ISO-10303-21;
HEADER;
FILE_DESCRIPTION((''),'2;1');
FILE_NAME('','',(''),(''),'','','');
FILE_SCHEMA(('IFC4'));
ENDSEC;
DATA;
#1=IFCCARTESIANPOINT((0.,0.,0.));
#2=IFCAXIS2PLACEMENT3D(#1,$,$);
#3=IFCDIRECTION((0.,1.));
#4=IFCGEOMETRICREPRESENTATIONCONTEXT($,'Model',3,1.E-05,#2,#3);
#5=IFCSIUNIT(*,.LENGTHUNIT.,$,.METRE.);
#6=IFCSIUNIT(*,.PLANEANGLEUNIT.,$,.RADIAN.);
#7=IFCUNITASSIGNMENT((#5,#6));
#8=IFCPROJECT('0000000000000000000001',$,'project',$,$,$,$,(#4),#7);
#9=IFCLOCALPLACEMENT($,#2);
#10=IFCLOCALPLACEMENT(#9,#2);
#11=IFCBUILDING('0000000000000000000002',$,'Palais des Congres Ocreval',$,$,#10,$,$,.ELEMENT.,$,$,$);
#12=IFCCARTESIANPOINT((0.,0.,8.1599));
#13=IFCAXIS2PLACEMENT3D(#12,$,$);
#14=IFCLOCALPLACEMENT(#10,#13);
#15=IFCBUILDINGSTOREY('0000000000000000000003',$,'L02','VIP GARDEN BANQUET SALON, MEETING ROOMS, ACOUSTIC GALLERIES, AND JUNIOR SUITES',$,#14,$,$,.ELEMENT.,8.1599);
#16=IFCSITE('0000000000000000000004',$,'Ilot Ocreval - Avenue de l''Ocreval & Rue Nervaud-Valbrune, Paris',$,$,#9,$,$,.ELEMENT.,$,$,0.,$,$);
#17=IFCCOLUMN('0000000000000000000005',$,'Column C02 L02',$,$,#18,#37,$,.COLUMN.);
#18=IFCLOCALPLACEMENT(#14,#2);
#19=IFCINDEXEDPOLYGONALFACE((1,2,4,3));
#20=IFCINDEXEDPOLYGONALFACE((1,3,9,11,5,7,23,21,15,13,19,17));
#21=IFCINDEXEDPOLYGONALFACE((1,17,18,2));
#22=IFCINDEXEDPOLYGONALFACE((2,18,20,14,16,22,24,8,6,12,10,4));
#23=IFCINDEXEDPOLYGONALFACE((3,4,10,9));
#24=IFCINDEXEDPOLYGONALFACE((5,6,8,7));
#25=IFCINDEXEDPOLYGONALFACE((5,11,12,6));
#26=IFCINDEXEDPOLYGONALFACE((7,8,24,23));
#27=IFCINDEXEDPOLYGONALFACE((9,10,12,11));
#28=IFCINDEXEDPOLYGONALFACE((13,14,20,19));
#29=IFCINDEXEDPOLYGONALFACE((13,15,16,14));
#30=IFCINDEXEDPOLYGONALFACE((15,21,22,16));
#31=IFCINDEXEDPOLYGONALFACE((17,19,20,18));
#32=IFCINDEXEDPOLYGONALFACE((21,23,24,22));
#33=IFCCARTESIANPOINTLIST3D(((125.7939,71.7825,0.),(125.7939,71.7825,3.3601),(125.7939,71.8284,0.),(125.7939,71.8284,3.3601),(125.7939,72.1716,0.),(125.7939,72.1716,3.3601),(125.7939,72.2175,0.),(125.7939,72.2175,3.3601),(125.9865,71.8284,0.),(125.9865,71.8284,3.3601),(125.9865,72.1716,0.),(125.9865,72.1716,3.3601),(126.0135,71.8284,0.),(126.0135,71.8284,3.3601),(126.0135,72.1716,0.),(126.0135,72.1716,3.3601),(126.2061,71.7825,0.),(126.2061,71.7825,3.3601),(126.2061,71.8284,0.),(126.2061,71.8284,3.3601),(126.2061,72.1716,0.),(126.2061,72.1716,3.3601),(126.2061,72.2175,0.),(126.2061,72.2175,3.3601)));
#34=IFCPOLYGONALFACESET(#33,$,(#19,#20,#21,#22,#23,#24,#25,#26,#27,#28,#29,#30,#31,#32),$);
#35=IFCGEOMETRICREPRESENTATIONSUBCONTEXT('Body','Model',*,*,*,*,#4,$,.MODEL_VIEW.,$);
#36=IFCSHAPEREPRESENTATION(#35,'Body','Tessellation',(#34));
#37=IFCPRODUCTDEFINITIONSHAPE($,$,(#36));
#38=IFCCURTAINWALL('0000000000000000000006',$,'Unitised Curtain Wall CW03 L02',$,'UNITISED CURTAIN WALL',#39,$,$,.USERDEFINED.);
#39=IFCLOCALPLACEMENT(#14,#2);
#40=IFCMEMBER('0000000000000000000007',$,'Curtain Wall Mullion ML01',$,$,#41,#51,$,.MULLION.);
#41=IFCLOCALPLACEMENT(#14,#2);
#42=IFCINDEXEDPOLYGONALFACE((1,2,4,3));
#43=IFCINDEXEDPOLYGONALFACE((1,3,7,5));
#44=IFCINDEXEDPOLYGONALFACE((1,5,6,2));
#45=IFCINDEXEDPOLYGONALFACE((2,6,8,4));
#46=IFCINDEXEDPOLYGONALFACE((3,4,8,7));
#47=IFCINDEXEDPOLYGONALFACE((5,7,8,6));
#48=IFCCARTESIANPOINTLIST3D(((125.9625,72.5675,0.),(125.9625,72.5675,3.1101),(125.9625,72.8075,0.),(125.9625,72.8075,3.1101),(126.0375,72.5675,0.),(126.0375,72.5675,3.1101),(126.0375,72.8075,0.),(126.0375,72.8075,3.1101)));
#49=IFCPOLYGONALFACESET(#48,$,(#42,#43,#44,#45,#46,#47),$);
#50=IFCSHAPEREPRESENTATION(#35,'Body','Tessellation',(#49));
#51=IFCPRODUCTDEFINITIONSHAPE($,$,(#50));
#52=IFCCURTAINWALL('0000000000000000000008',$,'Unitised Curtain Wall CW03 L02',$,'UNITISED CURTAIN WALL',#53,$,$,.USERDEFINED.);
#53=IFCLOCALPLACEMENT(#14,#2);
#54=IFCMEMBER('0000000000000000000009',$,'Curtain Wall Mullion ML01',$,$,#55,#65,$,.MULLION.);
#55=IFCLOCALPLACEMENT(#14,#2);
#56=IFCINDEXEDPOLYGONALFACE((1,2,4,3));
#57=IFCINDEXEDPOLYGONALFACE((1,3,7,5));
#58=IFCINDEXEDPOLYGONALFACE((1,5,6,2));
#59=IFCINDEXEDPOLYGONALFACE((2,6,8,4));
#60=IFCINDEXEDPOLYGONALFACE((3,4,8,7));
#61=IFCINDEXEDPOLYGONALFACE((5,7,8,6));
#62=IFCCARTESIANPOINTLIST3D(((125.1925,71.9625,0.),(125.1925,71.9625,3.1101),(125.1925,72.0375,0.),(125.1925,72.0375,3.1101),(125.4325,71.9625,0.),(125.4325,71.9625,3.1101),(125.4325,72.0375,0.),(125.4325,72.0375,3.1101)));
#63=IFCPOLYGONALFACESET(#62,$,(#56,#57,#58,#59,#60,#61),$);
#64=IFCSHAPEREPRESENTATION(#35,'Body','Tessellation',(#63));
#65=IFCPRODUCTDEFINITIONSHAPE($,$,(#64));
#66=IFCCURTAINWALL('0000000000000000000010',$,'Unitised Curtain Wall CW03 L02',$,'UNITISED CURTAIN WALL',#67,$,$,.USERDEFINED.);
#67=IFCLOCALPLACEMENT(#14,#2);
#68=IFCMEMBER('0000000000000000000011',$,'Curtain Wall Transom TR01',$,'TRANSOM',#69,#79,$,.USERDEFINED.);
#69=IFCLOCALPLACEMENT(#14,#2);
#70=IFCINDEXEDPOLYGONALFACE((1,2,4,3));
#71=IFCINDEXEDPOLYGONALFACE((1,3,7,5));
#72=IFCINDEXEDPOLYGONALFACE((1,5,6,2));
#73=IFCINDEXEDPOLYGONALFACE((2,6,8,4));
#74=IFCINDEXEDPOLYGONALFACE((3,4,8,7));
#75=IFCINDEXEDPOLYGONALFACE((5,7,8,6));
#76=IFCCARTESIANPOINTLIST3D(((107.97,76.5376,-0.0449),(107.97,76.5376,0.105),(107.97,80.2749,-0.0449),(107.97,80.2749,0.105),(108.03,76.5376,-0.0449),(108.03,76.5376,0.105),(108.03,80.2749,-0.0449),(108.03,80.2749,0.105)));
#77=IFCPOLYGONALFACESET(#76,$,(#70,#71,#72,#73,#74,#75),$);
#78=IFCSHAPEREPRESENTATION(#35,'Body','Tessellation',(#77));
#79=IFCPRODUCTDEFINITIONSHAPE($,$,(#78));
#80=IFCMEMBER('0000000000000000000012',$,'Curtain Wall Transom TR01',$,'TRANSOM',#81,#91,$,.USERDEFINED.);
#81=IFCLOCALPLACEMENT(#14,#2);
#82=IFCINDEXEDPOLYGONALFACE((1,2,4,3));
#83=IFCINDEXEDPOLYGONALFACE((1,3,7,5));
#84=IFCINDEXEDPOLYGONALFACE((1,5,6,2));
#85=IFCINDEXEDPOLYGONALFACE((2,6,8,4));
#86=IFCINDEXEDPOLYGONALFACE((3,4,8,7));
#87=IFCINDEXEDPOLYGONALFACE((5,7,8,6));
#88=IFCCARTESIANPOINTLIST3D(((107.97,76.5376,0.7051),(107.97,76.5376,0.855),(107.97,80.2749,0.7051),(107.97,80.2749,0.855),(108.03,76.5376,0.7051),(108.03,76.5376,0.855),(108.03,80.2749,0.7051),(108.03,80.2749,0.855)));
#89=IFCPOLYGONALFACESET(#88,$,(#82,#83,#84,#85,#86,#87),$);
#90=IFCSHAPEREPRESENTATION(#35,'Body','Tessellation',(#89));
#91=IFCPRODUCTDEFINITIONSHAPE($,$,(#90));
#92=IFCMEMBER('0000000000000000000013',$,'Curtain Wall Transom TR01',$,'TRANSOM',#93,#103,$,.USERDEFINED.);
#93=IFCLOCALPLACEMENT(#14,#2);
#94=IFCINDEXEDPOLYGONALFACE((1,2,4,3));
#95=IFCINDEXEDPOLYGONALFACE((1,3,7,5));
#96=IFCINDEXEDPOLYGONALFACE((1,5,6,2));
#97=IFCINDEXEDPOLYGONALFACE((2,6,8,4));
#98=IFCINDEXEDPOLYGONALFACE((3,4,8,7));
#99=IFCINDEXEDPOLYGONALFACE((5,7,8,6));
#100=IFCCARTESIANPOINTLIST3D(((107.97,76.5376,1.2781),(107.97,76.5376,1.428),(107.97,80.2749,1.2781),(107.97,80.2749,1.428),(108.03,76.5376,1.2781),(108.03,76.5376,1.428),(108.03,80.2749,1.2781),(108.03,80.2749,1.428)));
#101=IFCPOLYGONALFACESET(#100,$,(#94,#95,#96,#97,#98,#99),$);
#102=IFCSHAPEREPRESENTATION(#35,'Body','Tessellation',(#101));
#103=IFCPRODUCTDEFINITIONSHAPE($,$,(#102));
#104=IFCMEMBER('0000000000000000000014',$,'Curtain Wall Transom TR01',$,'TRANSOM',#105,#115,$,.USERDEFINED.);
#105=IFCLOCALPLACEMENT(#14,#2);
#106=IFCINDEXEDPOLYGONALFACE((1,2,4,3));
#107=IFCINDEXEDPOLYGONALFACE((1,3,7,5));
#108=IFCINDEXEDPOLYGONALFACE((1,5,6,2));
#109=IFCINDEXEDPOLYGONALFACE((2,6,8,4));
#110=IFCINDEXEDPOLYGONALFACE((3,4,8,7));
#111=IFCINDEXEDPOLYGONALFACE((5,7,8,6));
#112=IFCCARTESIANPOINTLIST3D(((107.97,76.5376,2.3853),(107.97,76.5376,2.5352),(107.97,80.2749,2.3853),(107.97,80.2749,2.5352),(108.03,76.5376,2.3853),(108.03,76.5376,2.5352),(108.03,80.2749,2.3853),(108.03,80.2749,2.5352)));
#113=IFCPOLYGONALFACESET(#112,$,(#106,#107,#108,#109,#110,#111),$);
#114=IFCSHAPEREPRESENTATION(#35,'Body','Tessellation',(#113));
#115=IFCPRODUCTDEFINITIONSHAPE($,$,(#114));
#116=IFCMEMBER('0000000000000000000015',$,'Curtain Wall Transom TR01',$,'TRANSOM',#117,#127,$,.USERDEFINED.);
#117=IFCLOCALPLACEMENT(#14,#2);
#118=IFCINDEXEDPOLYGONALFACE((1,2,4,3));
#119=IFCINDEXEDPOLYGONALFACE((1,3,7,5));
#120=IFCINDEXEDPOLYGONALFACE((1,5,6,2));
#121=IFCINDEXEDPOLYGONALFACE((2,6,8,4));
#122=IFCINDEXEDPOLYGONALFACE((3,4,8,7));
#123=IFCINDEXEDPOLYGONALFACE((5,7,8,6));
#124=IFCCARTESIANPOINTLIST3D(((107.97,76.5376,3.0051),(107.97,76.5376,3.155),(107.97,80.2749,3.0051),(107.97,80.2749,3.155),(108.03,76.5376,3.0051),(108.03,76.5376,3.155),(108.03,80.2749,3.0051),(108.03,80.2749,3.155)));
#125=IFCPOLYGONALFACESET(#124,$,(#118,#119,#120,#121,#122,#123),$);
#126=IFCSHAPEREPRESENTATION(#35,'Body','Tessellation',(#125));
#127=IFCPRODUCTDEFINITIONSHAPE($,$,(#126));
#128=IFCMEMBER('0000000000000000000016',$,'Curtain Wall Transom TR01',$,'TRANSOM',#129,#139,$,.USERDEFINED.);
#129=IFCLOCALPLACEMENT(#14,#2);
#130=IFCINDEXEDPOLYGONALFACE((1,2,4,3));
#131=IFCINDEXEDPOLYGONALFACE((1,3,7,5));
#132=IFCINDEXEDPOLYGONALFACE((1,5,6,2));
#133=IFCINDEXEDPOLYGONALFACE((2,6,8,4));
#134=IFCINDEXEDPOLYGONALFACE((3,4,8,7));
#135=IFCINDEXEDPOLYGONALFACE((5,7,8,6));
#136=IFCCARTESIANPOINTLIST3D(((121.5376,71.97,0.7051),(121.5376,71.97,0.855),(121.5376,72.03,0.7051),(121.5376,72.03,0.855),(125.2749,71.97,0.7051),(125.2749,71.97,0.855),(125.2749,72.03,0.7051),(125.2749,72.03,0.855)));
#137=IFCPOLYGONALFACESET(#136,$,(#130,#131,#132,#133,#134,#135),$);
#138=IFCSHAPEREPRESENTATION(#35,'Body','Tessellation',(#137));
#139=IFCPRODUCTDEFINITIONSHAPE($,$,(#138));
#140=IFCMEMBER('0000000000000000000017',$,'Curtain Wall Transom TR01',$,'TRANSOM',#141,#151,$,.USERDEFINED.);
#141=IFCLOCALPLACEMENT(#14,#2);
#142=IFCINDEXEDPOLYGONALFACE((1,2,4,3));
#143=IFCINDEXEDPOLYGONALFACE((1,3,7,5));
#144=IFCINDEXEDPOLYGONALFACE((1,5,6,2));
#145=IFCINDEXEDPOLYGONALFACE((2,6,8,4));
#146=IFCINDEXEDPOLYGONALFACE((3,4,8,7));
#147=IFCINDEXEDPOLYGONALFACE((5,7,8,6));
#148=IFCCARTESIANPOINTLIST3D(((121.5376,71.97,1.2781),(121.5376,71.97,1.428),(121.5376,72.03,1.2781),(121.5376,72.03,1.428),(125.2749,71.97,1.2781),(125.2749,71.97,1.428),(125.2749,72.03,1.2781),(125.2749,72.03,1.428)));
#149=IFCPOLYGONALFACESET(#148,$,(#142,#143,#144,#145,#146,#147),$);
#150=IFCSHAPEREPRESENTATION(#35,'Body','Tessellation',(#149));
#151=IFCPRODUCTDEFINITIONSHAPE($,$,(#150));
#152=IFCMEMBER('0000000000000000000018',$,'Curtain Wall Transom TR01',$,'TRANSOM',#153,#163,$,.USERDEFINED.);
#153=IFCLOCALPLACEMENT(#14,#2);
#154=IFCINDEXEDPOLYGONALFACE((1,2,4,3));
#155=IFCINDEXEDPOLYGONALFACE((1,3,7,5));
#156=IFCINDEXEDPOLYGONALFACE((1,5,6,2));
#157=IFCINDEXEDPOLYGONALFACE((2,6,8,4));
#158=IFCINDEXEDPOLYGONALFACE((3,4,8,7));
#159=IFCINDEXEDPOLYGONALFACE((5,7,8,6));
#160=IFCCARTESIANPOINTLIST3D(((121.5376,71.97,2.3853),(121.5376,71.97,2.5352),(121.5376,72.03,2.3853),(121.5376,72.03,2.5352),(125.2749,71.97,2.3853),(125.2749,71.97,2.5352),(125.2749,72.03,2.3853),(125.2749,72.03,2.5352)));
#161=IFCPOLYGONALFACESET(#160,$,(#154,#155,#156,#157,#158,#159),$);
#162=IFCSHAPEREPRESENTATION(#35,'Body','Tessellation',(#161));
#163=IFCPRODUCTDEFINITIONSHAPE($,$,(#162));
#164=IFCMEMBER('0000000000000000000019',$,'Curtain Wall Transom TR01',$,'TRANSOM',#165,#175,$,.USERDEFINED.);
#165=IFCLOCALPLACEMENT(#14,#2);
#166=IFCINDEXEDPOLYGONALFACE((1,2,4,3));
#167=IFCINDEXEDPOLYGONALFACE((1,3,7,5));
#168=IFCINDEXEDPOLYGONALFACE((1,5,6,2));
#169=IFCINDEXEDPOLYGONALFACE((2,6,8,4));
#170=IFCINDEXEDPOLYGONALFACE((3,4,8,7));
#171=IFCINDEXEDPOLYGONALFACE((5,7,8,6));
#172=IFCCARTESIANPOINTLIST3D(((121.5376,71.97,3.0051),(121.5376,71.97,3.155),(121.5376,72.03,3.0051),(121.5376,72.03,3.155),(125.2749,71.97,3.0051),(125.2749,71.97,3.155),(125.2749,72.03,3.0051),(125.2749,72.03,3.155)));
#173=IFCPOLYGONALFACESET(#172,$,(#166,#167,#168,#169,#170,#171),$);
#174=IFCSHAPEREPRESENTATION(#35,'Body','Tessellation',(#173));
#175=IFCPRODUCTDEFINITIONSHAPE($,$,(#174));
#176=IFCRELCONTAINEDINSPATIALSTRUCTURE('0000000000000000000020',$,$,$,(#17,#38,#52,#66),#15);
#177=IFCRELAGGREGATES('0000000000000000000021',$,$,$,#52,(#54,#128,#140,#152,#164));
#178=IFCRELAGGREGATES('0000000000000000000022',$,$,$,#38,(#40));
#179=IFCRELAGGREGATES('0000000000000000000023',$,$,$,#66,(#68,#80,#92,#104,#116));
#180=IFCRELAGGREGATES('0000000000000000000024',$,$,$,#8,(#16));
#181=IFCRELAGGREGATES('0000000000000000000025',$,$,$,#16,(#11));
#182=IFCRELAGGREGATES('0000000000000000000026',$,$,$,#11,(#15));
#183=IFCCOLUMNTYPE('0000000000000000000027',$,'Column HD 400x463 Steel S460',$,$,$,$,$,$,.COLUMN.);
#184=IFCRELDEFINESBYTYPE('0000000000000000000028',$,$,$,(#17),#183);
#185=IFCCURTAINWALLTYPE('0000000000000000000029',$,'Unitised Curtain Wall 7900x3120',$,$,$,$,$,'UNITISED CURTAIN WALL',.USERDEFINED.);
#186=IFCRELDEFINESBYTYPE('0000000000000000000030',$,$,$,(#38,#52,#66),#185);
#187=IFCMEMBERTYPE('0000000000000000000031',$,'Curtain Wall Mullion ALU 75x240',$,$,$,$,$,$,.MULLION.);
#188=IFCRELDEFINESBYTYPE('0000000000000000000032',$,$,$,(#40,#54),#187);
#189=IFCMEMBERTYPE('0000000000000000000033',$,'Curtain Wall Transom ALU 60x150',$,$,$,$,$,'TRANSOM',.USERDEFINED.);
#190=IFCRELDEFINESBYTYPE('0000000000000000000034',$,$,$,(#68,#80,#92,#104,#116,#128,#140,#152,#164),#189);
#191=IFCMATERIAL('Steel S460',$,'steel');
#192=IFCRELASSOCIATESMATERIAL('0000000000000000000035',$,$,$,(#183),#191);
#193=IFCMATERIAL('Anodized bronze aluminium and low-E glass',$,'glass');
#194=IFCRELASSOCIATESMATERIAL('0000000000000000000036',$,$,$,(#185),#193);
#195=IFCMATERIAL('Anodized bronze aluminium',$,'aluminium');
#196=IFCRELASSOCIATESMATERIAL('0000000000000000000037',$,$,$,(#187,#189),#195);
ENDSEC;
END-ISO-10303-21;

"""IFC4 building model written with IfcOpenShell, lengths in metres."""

from ifc_helpers import new_model, si_unit, direction, frame, origin, origin_2d, place, context, subcontext, project, spatial, rectangle, i_section, extrude, material, material_profile, profile_set, type_object, element, aggregate, save


model = new_model("IFC4")

# Units and contexts
model_context = context("Model", 3, precision=1e-05, world=origin(), true_north=direction((0.0, 1.0)))
body_context = subcontext(model_context, "Body", "Model", "MODEL_VIEW")
ifc_project = project(units=[si_unit("LENGTHUNIT", "METRE"), si_unit("PLANEANGLEUNIT", "RADIAN")], contexts=[model_context])

# Site, building, storey
site_placement = place(None, origin())
site = spatial("IfcSite", under=ifc_project, at=site_placement, Name="Ilot Ocreval - Avenue de l'Ocreval & Rue Nervaud-Valbrune, Paris", CompositionType="ELEMENT", RefElevation=0.0)
building_placement = place(site_placement, origin())
building = spatial("IfcBuilding", under=site, at=building_placement, Name="Palais des Congres Ocreval", CompositionType="ELEMENT")
storey_placement = place(building_placement, frame((0.0, 0.0, 8.1599)))
storey = spatial("IfcBuildingStorey", under=building, at=storey_placement, Name="L02", Description="VIP GARDEN BANQUET SALON, MEETING ROOMS, ACOUSTIC GALLERIES, AND JUNIOR SUITES", CompositionType="ELEMENT", Elevation=8.1599)

# Column
ifc_material_1 = material(Name="Steel S460", Category="steel")
ifc_material_profile_1 = material_profile(ifc_material_1, i_section(OverallWidth=0.4121, OverallDepth=0.4351, WebThickness=0.0271, FlangeThickness=0.0459, at=origin_2d()), Name="HD 400x463")
ifc_profile_set_1 = profile_set([ifc_material_profile_1], Name="Steel S460")
column_type = type_object("IfcColumnType", Name="Column HD 400x463 Steel S460", PredefinedType="COLUMN", material=ifc_profile_set_1)
column_placement = place(storey_placement, frame((126.0, 72.0, 0.0), z_axis=(0.0, 0.0, 1.0), x_axis=(1.0, 0.0, 0.0)))
element("IfcColumn", 1, at=column_placement, inside=storey, type_object=column_type, Name="Column C02 L02", PredefinedType="COLUMN", context=body_context, shape_type="SweptSolid", body=[
    extrude(i_section(OverallWidth=0.4121, OverallDepth=0.4351, WebThickness=0.0271, FlangeThickness=0.0459, at=origin_2d()), origin(), (0.0, 0.0, 1.0), 3.3601),
])

# Curtain walls, members
ifc_material_2 = material(Name="Anodized bronze aluminium and low-E glass", Category="glass")
curtain_wall_type = type_object("IfcCurtainWallType", Name="Unitised Curtain Wall 7900x3120", ElementType="UNITISED CURTAIN WALL", PredefinedType="USERDEFINED", material=ifc_material_2)
curtain_wall_1_placement = place(storey_placement, origin())
curtain_wall_1 = element("IfcCurtainWall", 2, at=curtain_wall_1_placement, inside=storey, type_object=curtain_wall_type, Name="Unitised Curtain Wall CW03 L02", ObjectType="UNITISED CURTAIN WALL", PredefinedType="USERDEFINED")
ifc_material_3 = material(Name="Anodized bronze aluminium", Category="aluminium")
ifc_material_profile_2 = material_profile(ifc_material_3, rectangle(XDim=0.075, YDim=0.24, at=origin_2d()), Name="ALU 75x240")
ifc_profile_set_2 = profile_set([ifc_material_profile_2], Name="Anodized bronze aluminium")
member_type_1 = type_object("IfcMemberType", Name="Curtain Wall Mullion ALU 75x240", PredefinedType="MULLION", material=ifc_profile_set_2)
member_1_placement = place(storey_placement, frame((126.0, 72.6875, 0.0), z_axis=(0.0, 0.0, 1.0), x_axis=(1.0, 0.0, 0.0)))
member_1 = element("IfcMember", 3, at=member_1_placement, type_object=member_type_1, Name="Curtain Wall Mullion ML01", PredefinedType="MULLION", context=body_context, shape_type="SweptSolid", body=[
    extrude(rectangle(XDim=0.075, YDim=0.24, at=origin_2d()), origin(), (0.0, 0.0, 1.0), 3.1101),
])
curtain_wall_2_placement = place(storey_placement, origin())
curtain_wall_2 = element("IfcCurtainWall", 4, at=curtain_wall_2_placement, inside=storey, type_object=curtain_wall_type, Name="Unitised Curtain Wall CW03 L02", ObjectType="UNITISED CURTAIN WALL", PredefinedType="USERDEFINED")
member_2_placement = place(storey_placement, frame((125.3125, 72.0, 0.0), z_axis=(0.0, 0.0, 1.0), x_axis=(0.0, -1.0, 0.0)))
member_2 = element("IfcMember", 5, at=member_2_placement, type_object=member_type_1, Name="Curtain Wall Mullion ML01", PredefinedType="MULLION", context=body_context, shape_type="SweptSolid", body=[
    extrude(rectangle(XDim=0.075, YDim=0.24, at=origin_2d()), origin(), (0.0, 0.0, 1.0), 3.1101),
])

# Curtain wall, members
curtain_wall_3_placement = place(storey_placement, origin())
curtain_wall_3 = element("IfcCurtainWall", 6, at=curtain_wall_3_placement, inside=storey, type_object=curtain_wall_type, Name="Unitised Curtain Wall CW03 L02", ObjectType="UNITISED CURTAIN WALL", PredefinedType="USERDEFINED")
ifc_material_profile_3 = material_profile(ifc_material_3, rectangle(XDim=0.0601, YDim=0.1499, at=origin_2d()), Name="ALU 60x150")
ifc_profile_set_3 = profile_set([ifc_material_profile_3], Name="Anodized bronze aluminium")
member_type_2 = type_object("IfcMemberType", Name="Curtain Wall Transom ALU 60x150", ElementType="TRANSOM", PredefinedType="USERDEFINED", material=ifc_profile_set_3)
member_3_placement = place(storey_placement, frame((108.0, 76.5376, 0.03), z_axis=(0.0, 1.0, 0.0), x_axis=(-1.0, 0.0, 0.0)))
member_3 = element("IfcMember", 7, at=member_3_placement, type_object=member_type_2, Name="Curtain Wall Transom TR01", ObjectType="TRANSOM", PredefinedType="USERDEFINED", context=body_context, shape_type="SweptSolid", body=[
    extrude(rectangle(XDim=0.0601, YDim=0.1499, at=origin_2d()), origin(), (0.0, 0.0, 1.0), 3.7373),
])
member_4_placement = place(storey_placement, frame((108.0, 76.5376, 0.78), z_axis=(0.0, 1.0, 0.0), x_axis=(-1.0, 0.0, 0.0)))
member_4 = element("IfcMember", 8, at=member_4_placement, type_object=member_type_2, Name="Curtain Wall Transom TR01", ObjectType="TRANSOM", PredefinedType="USERDEFINED", context=body_context, shape_type="SweptSolid", body=[
    extrude(rectangle(XDim=0.0601, YDim=0.1499, at=origin_2d()), origin(), (0.0, 0.0, 1.0), 3.7373),
])
member_5_placement = place(storey_placement, frame((108.0, 76.5376, 1.353), z_axis=(0.0, 1.0, 0.0), x_axis=(-1.0, 0.0, 0.0)))
member_5 = element("IfcMember", 9, at=member_5_placement, type_object=member_type_2, Name="Curtain Wall Transom TR01", ObjectType="TRANSOM", PredefinedType="USERDEFINED", context=body_context, shape_type="SweptSolid", body=[
    extrude(rectangle(XDim=0.0601, YDim=0.1499, at=origin_2d()), origin(), (0.0, 0.0, 1.0), 3.7373),
])
member_6_placement = place(storey_placement, frame((108.0, 76.5376, 2.4602), z_axis=(0.0, 1.0, 0.0), x_axis=(-1.0, 0.0, 0.0)))
member_6 = element("IfcMember", 10, at=member_6_placement, type_object=member_type_2, Name="Curtain Wall Transom TR01", ObjectType="TRANSOM", PredefinedType="USERDEFINED", context=body_context, shape_type="SweptSolid", body=[
    extrude(rectangle(XDim=0.0601, YDim=0.1499, at=origin_2d()), origin(), (0.0, 0.0, 1.0), 3.7373),
])
member_7_placement = place(storey_placement, frame((108.0, 76.5376, 3.0801), z_axis=(0.0, 1.0, 0.0), x_axis=(-1.0, 0.0, 0.0)))
member_7 = element("IfcMember", 11, at=member_7_placement, type_object=member_type_2, Name="Curtain Wall Transom TR01", ObjectType="TRANSOM", PredefinedType="USERDEFINED", context=body_context, shape_type="SweptSolid", body=[
    extrude(rectangle(XDim=0.0601, YDim=0.1499, at=origin_2d()), origin(), (0.0, 0.0, 1.0), 3.7373),
])

# Members
member_8_placement = place(storey_placement, frame((125.2749, 72.0, 0.78), z_axis=(-1.0, 0.0, 0.0), x_axis=(0.0, -1.0, 0.0)))
member_8 = element("IfcMember", 12, at=member_8_placement, type_object=member_type_2, Name="Curtain Wall Transom TR01", ObjectType="TRANSOM", PredefinedType="USERDEFINED", context=body_context, shape_type="SweptSolid", body=[
    extrude(rectangle(XDim=0.0601, YDim=0.1499, at=origin_2d()), origin(), (0.0, 0.0, 1.0), 3.7373),
])
member_9_placement = place(storey_placement, frame((125.2749, 72.0, 1.353), z_axis=(-1.0, 0.0, 0.0), x_axis=(0.0, -1.0, 0.0)))
member_9 = element("IfcMember", 13, at=member_9_placement, type_object=member_type_2, Name="Curtain Wall Transom TR01", ObjectType="TRANSOM", PredefinedType="USERDEFINED", context=body_context, shape_type="SweptSolid", body=[
    extrude(rectangle(XDim=0.0601, YDim=0.1499, at=origin_2d()), origin(), (0.0, 0.0, 1.0), 3.7373),
])
member_10_placement = place(storey_placement, frame((125.2749, 72.0, 2.4602), z_axis=(-1.0, 0.0, 0.0), x_axis=(0.0, -1.0, 0.0)))
member_10 = element("IfcMember", 14, at=member_10_placement, type_object=member_type_2, Name="Curtain Wall Transom TR01", ObjectType="TRANSOM", PredefinedType="USERDEFINED", context=body_context, shape_type="SweptSolid", body=[
    extrude(rectangle(XDim=0.0601, YDim=0.1499, at=origin_2d()), origin(), (0.0, 0.0, 1.0), 3.7373),
])
member_11_placement = place(storey_placement, frame((125.2749, 72.0, 3.0801), z_axis=(-1.0, 0.0, 0.0), x_axis=(0.0, -1.0, 0.0)))
member_11 = element("IfcMember", 15, at=member_11_placement, type_object=member_type_2, Name="Curtain Wall Transom TR01", ObjectType="TRANSOM", PredefinedType="USERDEFINED", context=body_context, shape_type="SweptSolid", body=[
    extrude(rectangle(XDim=0.0601, YDim=0.1499, at=origin_2d()), origin(), (0.0, 0.0, 1.0), 3.7373),
])
aggregate(curtain_wall_2, [member_2, member_8, member_9, member_10, member_11])

aggregate(curtain_wall_1, [member_1])
aggregate(curtain_wall_3, [member_3, member_4, member_5, member_6, member_7])

save(model, "model.ifc")
